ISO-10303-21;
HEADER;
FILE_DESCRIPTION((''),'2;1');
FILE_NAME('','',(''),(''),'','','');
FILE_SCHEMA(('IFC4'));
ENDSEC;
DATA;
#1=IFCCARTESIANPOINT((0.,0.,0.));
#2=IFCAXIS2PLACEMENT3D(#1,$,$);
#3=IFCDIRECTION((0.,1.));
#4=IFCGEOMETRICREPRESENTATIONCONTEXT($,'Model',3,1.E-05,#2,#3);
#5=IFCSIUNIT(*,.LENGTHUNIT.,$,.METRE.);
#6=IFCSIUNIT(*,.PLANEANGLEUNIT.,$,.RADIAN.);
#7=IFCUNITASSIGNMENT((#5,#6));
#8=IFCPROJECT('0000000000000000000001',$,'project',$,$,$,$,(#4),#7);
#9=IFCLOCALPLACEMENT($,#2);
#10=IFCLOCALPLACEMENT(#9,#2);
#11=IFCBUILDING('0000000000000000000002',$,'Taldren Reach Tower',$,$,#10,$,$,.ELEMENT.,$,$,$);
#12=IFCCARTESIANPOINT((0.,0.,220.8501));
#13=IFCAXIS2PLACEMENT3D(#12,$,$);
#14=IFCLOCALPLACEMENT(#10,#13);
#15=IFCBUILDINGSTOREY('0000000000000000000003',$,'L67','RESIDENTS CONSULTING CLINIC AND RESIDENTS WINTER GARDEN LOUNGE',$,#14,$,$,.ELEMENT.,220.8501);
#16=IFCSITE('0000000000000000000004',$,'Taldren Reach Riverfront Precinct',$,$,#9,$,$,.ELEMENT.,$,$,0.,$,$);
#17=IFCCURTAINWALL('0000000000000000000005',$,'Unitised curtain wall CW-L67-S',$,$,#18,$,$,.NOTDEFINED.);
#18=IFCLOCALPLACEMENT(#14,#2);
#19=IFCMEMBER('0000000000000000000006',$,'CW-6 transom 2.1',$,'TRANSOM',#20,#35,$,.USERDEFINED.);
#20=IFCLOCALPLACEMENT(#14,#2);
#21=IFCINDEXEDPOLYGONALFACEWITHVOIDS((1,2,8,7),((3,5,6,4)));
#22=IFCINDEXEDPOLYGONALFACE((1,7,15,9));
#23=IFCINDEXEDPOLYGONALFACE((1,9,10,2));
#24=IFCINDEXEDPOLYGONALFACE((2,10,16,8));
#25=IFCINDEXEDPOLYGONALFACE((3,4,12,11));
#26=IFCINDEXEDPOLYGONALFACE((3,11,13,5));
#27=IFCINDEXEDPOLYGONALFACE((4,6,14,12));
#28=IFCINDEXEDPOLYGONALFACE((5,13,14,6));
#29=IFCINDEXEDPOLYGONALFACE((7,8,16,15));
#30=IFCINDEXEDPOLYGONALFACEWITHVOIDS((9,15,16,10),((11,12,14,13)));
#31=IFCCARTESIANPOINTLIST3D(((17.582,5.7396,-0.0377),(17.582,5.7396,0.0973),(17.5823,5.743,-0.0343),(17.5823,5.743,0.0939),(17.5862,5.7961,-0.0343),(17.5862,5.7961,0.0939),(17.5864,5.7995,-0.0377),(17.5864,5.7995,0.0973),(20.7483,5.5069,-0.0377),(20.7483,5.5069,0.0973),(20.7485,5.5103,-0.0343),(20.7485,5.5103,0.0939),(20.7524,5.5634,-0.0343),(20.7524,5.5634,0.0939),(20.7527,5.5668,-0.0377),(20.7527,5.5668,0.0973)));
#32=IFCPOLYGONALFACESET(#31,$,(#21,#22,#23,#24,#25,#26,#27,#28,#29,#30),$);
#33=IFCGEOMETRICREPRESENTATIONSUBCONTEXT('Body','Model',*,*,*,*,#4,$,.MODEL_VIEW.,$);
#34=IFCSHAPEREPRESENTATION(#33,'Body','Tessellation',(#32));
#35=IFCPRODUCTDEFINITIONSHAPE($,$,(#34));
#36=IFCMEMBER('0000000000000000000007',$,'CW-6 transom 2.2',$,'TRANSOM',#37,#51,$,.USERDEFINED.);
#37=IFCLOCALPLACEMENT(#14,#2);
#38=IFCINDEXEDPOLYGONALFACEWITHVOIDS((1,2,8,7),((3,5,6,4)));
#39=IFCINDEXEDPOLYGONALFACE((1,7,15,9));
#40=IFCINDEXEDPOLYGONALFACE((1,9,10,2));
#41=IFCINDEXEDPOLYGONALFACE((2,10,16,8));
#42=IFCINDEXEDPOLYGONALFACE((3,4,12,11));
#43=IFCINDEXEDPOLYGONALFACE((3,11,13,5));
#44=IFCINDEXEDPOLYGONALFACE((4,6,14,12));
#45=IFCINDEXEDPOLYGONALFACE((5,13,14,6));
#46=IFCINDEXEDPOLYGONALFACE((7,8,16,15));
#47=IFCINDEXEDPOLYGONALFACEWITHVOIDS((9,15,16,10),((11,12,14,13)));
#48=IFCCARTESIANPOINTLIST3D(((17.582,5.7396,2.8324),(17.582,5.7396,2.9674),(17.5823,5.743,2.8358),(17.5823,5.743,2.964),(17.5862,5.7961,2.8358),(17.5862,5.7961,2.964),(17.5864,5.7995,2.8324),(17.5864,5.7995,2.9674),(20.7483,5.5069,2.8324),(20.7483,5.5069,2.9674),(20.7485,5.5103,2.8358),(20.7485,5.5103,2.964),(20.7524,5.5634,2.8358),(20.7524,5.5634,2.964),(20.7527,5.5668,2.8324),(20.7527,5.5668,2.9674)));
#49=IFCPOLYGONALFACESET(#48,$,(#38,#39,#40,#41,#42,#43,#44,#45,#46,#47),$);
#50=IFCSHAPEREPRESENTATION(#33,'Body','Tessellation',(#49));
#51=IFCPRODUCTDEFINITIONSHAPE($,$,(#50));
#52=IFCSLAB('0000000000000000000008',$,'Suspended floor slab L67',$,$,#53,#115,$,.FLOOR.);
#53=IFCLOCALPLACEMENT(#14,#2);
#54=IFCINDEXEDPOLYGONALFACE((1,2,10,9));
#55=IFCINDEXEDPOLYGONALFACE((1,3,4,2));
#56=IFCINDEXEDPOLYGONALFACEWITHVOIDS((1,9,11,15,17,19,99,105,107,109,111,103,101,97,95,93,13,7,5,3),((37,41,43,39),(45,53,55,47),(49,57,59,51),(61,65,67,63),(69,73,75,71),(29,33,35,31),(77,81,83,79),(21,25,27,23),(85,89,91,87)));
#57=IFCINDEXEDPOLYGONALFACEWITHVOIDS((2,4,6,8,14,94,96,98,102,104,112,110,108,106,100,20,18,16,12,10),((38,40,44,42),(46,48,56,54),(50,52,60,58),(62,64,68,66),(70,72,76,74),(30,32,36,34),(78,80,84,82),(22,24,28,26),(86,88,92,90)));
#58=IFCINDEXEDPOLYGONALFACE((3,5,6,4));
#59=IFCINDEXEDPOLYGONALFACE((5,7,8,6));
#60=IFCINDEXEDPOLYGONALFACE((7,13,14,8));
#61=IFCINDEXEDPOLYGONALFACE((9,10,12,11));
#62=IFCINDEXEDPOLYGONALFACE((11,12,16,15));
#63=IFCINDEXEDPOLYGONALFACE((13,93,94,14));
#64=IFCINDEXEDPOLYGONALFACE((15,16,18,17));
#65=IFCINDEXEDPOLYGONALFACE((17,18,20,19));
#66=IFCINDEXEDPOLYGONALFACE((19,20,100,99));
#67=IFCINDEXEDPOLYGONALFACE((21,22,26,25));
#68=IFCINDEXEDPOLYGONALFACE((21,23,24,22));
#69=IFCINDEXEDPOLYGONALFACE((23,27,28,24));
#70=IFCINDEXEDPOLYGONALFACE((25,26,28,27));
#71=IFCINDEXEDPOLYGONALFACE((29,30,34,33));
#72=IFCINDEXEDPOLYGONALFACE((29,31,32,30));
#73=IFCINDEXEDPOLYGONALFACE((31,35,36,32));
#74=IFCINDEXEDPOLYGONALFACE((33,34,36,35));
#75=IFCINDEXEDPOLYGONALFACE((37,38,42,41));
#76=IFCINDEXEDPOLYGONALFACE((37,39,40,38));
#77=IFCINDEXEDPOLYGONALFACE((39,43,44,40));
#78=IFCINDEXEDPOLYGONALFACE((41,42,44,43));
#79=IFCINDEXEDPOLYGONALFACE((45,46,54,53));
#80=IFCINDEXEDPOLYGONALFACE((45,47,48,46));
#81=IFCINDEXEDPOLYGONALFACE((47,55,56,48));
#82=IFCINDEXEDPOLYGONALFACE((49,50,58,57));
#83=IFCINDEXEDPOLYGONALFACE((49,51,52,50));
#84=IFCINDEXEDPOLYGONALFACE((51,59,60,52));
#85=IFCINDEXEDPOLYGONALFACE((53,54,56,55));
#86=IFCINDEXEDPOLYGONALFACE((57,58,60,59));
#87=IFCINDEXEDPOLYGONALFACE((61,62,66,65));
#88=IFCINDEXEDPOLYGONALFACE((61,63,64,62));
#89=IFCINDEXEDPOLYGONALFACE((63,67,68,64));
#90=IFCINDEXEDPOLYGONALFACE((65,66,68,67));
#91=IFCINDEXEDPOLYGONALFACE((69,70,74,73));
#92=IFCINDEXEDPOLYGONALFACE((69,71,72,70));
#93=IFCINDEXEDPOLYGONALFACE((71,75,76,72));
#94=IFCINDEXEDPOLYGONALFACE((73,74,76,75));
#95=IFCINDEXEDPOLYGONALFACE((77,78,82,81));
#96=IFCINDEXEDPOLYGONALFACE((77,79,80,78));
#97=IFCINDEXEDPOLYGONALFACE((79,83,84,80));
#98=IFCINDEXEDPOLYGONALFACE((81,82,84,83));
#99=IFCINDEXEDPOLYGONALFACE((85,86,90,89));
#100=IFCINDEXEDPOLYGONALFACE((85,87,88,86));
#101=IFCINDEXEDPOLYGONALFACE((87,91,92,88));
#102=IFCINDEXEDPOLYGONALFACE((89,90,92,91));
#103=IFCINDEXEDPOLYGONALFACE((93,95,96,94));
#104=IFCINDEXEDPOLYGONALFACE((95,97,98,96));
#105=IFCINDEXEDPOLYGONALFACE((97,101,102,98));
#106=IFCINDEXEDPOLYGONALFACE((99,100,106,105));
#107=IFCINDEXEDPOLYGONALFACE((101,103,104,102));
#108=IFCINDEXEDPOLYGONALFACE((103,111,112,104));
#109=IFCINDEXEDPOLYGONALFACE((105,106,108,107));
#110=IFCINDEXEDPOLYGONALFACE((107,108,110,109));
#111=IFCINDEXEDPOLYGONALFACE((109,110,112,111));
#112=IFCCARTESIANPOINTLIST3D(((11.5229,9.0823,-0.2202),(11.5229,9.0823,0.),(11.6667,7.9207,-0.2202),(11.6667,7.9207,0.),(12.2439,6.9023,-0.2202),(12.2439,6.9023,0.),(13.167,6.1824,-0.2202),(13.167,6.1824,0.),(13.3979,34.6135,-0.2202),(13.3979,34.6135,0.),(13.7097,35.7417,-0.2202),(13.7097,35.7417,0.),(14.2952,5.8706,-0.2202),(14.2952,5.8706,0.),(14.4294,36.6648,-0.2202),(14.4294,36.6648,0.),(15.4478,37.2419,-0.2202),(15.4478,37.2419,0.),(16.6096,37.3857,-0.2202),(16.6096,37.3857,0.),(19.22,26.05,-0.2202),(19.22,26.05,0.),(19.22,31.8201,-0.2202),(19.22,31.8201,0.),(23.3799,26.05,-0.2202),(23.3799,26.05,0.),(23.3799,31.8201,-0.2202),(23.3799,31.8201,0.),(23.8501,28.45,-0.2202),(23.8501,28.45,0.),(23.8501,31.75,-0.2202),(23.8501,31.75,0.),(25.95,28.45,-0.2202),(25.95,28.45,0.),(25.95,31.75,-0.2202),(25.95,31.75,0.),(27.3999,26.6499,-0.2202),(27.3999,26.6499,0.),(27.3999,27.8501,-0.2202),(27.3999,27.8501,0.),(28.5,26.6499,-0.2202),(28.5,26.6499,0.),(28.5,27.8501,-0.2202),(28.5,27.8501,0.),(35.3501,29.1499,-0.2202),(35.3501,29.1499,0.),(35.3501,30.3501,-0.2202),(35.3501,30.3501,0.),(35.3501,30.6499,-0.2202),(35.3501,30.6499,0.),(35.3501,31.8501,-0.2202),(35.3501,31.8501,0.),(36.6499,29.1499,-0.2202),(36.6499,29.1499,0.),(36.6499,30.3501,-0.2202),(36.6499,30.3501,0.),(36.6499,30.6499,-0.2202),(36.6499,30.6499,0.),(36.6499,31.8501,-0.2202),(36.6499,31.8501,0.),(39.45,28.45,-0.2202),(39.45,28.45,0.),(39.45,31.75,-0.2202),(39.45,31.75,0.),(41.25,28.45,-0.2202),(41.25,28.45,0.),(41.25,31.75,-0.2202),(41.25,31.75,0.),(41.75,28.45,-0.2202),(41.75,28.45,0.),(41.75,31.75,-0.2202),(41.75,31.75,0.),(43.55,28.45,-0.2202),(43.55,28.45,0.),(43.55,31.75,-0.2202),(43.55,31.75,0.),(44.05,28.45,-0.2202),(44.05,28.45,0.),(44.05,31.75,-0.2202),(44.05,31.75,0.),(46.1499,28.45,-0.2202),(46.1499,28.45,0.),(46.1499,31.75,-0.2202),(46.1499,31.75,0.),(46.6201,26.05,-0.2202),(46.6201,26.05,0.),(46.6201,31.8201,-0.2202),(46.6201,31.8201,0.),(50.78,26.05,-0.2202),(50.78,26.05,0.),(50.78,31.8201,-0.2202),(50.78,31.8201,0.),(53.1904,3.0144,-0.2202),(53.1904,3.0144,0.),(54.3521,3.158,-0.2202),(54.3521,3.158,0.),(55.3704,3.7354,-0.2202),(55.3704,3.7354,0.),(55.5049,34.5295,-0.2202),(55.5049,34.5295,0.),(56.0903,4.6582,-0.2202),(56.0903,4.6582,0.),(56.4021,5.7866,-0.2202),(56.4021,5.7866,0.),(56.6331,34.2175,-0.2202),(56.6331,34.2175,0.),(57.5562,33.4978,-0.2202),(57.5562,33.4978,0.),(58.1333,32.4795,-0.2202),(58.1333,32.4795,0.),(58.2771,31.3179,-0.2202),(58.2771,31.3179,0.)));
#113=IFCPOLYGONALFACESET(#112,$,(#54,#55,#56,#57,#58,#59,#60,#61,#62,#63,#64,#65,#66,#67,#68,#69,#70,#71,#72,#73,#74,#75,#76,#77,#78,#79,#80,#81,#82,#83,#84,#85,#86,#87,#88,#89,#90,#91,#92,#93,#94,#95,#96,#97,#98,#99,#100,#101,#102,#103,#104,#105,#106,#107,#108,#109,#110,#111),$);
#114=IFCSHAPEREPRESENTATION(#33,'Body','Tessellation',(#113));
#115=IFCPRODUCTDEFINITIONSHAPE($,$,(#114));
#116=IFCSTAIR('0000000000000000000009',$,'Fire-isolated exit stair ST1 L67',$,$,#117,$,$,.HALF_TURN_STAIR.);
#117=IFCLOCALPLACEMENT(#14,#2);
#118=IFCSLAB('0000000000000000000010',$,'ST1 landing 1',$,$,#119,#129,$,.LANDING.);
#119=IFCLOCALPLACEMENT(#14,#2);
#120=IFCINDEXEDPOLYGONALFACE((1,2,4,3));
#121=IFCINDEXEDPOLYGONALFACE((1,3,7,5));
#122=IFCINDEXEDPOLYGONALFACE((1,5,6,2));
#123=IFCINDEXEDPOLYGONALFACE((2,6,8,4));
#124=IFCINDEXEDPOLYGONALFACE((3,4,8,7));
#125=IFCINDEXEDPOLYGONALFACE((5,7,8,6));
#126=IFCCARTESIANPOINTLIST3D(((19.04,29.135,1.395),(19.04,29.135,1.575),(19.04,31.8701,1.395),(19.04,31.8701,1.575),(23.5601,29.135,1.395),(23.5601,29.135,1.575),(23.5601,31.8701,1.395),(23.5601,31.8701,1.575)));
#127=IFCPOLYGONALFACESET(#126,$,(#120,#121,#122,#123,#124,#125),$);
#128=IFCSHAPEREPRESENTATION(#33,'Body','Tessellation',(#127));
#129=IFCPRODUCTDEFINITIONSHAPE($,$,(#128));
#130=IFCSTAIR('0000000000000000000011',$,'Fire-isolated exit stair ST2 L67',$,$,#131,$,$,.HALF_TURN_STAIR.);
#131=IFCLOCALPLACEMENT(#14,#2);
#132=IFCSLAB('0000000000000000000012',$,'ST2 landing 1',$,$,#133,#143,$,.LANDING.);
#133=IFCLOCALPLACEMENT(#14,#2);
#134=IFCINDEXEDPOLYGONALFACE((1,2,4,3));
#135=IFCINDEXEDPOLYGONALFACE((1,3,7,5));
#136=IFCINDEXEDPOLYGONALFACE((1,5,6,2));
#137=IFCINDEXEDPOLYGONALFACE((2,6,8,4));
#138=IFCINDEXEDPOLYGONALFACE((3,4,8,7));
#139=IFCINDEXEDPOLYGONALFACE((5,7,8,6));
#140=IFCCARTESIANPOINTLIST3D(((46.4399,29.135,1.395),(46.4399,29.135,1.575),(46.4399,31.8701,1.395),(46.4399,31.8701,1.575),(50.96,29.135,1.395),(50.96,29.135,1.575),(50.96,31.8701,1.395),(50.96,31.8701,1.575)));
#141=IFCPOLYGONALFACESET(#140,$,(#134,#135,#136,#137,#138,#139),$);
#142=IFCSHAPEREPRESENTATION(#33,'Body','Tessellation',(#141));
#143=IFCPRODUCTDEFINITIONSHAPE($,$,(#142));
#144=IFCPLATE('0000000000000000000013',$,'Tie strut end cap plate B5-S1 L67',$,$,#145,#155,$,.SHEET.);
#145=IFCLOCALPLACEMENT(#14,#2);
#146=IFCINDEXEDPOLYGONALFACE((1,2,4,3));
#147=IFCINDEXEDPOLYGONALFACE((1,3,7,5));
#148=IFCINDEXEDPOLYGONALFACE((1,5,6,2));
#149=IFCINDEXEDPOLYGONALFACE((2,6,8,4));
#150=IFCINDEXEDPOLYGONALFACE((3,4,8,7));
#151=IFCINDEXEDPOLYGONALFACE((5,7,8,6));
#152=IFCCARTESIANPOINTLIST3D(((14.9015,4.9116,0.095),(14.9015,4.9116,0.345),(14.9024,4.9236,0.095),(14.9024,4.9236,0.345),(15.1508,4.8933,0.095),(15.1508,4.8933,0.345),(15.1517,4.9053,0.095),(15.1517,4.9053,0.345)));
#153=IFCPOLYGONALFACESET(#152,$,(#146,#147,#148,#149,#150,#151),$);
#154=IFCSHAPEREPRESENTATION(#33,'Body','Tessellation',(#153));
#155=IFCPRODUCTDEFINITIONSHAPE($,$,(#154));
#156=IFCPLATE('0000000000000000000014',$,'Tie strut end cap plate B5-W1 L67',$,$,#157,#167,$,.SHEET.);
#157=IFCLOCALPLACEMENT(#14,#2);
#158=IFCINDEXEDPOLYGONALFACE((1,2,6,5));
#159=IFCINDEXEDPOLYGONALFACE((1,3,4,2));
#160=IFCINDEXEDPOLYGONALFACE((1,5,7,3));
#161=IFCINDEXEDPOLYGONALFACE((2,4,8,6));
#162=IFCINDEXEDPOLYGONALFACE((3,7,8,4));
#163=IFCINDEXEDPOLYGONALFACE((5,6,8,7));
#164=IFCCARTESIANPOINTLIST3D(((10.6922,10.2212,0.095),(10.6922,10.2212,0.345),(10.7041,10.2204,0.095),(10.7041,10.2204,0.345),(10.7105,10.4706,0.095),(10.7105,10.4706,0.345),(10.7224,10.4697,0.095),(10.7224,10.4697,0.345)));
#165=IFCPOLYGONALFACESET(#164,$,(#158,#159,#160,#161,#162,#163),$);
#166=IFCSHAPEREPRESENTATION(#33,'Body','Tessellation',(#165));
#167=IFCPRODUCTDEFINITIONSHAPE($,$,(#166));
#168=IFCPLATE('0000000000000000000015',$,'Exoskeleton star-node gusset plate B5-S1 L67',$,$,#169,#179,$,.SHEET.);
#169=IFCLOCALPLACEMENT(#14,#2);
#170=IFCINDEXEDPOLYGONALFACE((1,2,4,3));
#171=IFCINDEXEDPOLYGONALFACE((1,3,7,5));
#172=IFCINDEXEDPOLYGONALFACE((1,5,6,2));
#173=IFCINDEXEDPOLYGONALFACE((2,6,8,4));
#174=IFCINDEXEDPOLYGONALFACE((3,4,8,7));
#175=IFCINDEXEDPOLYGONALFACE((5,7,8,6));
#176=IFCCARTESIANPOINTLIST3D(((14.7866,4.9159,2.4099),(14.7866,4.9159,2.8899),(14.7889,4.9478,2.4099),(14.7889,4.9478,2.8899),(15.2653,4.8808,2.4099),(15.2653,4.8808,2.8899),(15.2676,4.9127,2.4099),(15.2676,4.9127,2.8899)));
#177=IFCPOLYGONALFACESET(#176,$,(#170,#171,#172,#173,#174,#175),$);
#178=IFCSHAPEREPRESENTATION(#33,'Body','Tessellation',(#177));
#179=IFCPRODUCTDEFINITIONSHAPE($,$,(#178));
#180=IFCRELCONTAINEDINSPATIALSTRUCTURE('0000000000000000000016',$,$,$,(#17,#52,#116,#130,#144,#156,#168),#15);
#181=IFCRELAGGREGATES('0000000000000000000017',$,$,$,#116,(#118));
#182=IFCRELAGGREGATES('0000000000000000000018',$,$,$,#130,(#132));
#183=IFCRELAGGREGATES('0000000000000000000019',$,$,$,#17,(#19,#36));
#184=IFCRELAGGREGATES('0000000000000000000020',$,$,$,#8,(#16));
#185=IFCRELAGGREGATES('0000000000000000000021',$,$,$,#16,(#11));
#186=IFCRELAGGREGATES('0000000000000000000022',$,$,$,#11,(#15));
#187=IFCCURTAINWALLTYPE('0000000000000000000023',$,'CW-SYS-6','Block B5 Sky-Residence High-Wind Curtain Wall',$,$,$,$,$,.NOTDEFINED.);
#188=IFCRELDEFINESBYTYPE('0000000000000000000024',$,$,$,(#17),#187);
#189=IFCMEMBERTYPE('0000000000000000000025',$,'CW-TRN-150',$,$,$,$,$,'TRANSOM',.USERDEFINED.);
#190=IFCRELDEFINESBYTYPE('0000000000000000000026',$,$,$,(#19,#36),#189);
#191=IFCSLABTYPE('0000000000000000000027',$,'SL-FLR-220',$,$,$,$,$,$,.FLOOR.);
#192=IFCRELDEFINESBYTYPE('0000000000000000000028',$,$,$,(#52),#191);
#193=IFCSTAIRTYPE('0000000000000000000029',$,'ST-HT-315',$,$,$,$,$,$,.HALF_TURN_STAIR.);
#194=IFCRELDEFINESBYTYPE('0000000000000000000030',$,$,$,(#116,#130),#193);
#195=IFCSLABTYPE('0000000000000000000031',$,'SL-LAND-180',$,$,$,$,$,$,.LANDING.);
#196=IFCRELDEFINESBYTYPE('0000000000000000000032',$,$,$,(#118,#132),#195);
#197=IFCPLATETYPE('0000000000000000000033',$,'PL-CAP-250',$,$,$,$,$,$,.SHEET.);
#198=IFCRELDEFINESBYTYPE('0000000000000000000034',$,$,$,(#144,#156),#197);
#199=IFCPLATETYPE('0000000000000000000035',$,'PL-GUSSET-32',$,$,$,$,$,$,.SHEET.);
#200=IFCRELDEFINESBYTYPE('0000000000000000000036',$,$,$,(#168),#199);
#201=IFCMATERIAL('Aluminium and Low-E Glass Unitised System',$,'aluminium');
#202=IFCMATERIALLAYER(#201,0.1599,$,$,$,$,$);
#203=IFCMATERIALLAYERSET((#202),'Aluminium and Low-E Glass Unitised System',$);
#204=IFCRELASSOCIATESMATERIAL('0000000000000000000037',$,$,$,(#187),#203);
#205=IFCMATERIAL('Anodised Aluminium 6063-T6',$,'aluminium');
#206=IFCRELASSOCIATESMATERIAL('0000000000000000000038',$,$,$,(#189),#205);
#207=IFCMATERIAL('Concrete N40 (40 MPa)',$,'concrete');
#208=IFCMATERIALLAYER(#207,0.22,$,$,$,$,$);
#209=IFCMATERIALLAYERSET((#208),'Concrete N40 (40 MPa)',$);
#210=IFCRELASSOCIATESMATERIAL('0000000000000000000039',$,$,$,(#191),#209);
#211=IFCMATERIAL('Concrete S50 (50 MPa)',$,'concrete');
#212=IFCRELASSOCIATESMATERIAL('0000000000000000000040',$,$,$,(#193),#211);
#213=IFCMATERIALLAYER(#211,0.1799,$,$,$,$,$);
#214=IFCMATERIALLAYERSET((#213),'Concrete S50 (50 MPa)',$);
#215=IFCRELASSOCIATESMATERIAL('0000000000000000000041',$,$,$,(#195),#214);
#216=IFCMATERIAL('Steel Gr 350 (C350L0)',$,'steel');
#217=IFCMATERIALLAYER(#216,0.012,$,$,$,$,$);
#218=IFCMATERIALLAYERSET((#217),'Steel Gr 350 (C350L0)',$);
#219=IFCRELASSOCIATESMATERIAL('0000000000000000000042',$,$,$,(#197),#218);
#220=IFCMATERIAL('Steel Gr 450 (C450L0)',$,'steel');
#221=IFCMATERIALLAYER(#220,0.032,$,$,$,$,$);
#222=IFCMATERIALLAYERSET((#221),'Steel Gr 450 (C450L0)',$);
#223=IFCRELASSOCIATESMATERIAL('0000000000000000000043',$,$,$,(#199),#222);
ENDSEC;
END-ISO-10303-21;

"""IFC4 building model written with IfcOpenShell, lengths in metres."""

from ifc_helpers import new_model, si_unit, direction, frame, origin, origin_2d, place, context, subcontext, project, spatial, polyline, rectangle, hollow_rectangle, outline, extrude, source, transform, mapped, material, layer, layer_set, material_profile, profile_set, type_object, element, aggregate, save


model = new_model("IFC4")

# Units and contexts
model_context = context("Model", 3, precision=1e-05, world=origin(), true_north=direction((0.0, 1.0)))
body_context = subcontext(model_context, "Body", "Model", "MODEL_VIEW")
ifc_project = project(units=[si_unit("LENGTHUNIT", "METRE"), si_unit("PLANEANGLEUNIT", "RADIAN")], contexts=[model_context])

# Site, building, storey
site_placement = place(None, origin())
site = spatial("IfcSite", under=ifc_project, at=site_placement, Name="Taldren Reach Riverfront Precinct", CompositionType="ELEMENT", RefElevation=0.0)
building_placement = place(site_placement, origin())
building = spatial("IfcBuilding", under=site, at=building_placement, Name="Taldren Reach Tower", CompositionType="ELEMENT")
storey_placement = place(building_placement, frame((0.0, 0.0, 220.8501)))
storey = spatial("IfcBuildingStorey", under=building, at=storey_placement, Name="L67", Description="RESIDENTS CONSULTING CLINIC AND RESIDENTS WINTER GARDEN LOUNGE", CompositionType="ELEMENT", Elevation=220.8501)

# Shared definitions
ifc_material_1 = material(Name="Steel Gr 350 (C350L0)", Category="steel")

# Shared definitions
ifc_material_2 = material(Name="Steel Gr 450 (C450L0)", Category="steel")

# Curtain wall
ifc_material_3 = material(Name="Aluminium and Low-E Glass Unitised System", Category="aluminium")
ifc_layer_1 = layer(ifc_material_3, 0.1599)
ifc_layer_set_1 = layer_set([ifc_layer_1], Name="Aluminium and Low-E Glass Unitised System")
curtain_wall_type = type_object("IfcCurtainWallType", Name="CW-SYS-6", Description="Block B5 Sky-Residence High-Wind Curtain Wall", PredefinedType="NOTDEFINED", material=ifc_layer_set_1)
curtain_wall_1_placement = place(storey_placement, origin())
curtain_wall_1 = element("IfcCurtainWall", 1, at=curtain_wall_1_placement, inside=storey, type_object=curtain_wall_type, Name="Unitised curtain wall CW-L67-S", PredefinedType="NOTDEFINED")
ifc_material_4 = material(Name="Anodised Aluminium 6063-T6", Category="aluminium")

# Members
ifc_material_profile_1 = material_profile(ifc_material_4, hollow_rectangle(XDim=0.0601, YDim=0.135, WallThickness=0.0034, at=origin_2d()), Name="ALU-135x60x3.5RHS")
ifc_profile_set_1 = profile_set([ifc_material_profile_1], Name="Anodised Aluminium 6063-T6")
member_type_1 = type_object("IfcMemberType", Name="CW-TRN-150", ElementType="TRANSOM", PredefinedType="USERDEFINED", material=ifc_profile_set_1)
shared_shape_1 = source(origin(), body_context, "Body", "SweptSolid", [
    extrude(hollow_rectangle(XDim=0.0601, YDim=0.135, WallThickness=0.0034, at=origin_2d()), origin(), (0.0, 0.0, 1.0), 3.1748),
])
member_1_placement = place(storey_placement, frame((17.5842, 5.7695, 0.0298), z_axis=(0.997311, -0.073285, 0.0), x_axis=(0.073285, 0.997311, 0.0)))
member_1 = element("IfcMember", 2, at=member_1_placement, type_object=member_type_1, Name="CW-6 transom 2.1", ObjectType="TRANSOM", PredefinedType="USERDEFINED", context=body_context, shape_type="MappedRepresentation", body=[
    mapped(shared_shape_1, transform((0.0, 0.0, 0.0), scale=1.0)),
])
member_2_placement = place(storey_placement, frame((17.5842, 5.7695, 2.8999), z_axis=(0.997311, -0.073285, 0.0), x_axis=(0.073285, 0.997311, 0.0)))
member_2 = element("IfcMember", 3, at=member_2_placement, type_object=member_type_1, Name="CW-6 transom 2.2", ObjectType="TRANSOM", PredefinedType="USERDEFINED", context=body_context, shape_type="MappedRepresentation", body=[
    mapped(shared_shape_1, transform((0.0, 0.0, 0.0), scale=1.0)),
])

# Slab
ifc_material_5 = material(Name="Concrete N40 (40 MPa)", Category="concrete")
ifc_layer_2 = layer(ifc_material_5, 0.22)
ifc_layer_set_2 = layer_set([ifc_layer_2], Name="Concrete N40 (40 MPa)")
slab_type_1 = type_object("IfcSlabType", Name="SL-FLR-220", PredefinedType="FLOOR", material=ifc_layer_set_2)
slab_1_placement = place(storey_placement, frame((0.0, 0.0, -0.2202)))
element("IfcSlab", 4, at=slab_1_placement, inside=storey, type_object=slab_type_1, Name="Suspended floor slab L67", PredefinedType="FLOOR", context=body_context, shape_type="SweptSolid", body=[
    extrude(outline(polyline([(53.1904, 3.0144), (54.3521, 3.158), (55.3704, 3.7354), (56.0903, 4.6582), (56.4021, 5.7866), (58.2771, 31.3179), (58.1333, 32.4795), (57.5562, 33.4978), (56.6331, 34.2175), (55.5049, 34.5295), (16.6096, 37.3857), (15.4478, 37.2419), (14.4294, 36.6648), (13.7097, 35.7417), (13.3979, 34.6135), (11.5229, 9.0823), (11.6667, 7.9207), (12.2439, 6.9023), (13.167, 6.1824), (14.2952, 5.8706), (53.1904, 3.0144)]), holes=[polyline([(19.22, 26.05), (23.3799, 26.05), (23.3799, 31.8201), (19.22, 31.8201), (19.22, 26.05)]), polyline([(46.6201, 26.05), (50.78, 26.05), (50.78, 31.8201), (46.6201, 31.8201), (46.6201, 26.05)]), polyline([(23.8501, 28.45), (25.95, 28.45), (25.95, 31.75), (23.8501, 31.75), (23.8501, 28.45)]), polyline([(44.05, 28.45), (46.1499, 28.45), (46.1499, 31.75), (44.05, 31.75), (44.05, 28.45)]), polyline([(39.45, 28.45), (41.25, 28.45), (41.25, 31.75), (39.45, 31.75), (39.45, 28.45)]), polyline([(41.75, 28.45), (43.55, 28.45), (43.55, 31.75), (41.75, 31.75), (41.75, 28.45)]), polyline([(35.3501, 30.6499), (36.6499, 30.6499), (36.6499, 31.8501), (35.3501, 31.8501), (35.3501, 30.6499)]), polyline([(35.3501, 29.1499), (36.6499, 29.1499), (36.6499, 30.3501), (35.3501, 30.3501), (35.3501, 29.1499)]), polyline([(27.3999, 26.6499), (28.5, 26.6499), (28.5, 27.8501), (27.3999, 27.8501), (27.3999, 26.6499)])]), origin(), (0.0, 0.0, 1.0), 0.2202),
])

# Stairs, slabs
ifc_material_6 = material(Name="Concrete S50 (50 MPa)", Category="concrete")
stair_type = type_object("IfcStairType", Name="ST-HT-315", PredefinedType="HALF_TURN_STAIR", material=ifc_material_6)
stair_1_placement = place(storey_placement, origin())
stair_1 = element("IfcStair", 5, at=stair_1_placement, inside=storey, type_object=stair_type, Name="Fire-isolated exit stair ST1 L67", PredefinedType="HALF_TURN_STAIR")
ifc_layer_3 = layer(ifc_material_6, 0.1799)
ifc_layer_set_3 = layer_set([ifc_layer_3], Name="Concrete S50 (50 MPa)")
slab_type_2 = type_object("IfcSlabType", Name="SL-LAND-180", PredefinedType="LANDING", material=ifc_layer_set_3)
slab_2_placement = place(storey_placement, frame((0.0, 0.0, 1.395)))
slab_2 = element("IfcSlab", 6, at=slab_2_placement, type_object=slab_type_2, Name="ST1 landing 1", PredefinedType="LANDING", context=body_context, shape_type="SweptSolid", body=[
    extrude(outline(polyline([(19.04, 29.135), (23.5601, 29.135), (23.5601, 31.8701), (19.04, 31.8701), (19.04, 29.135)])), origin(), (0.0, 0.0, 1.0), 0.1799),
])
aggregate(stair_1, [slab_2])
stair_2_placement = place(storey_placement, origin())
stair_2 = element("IfcStair", 7, at=stair_2_placement, inside=storey, type_object=stair_type, Name="Fire-isolated exit stair ST2 L67", PredefinedType="HALF_TURN_STAIR")
slab_3_placement = place(storey_placement, frame((0.0, 0.0, 1.395)))
slab_3 = element("IfcSlab", 8, at=slab_3_placement, type_object=slab_type_2, Name="ST2 landing 1", PredefinedType="LANDING", context=body_context, shape_type="SweptSolid", body=[
    extrude(outline(polyline([(46.4399, 29.135), (50.96, 29.135), (50.96, 31.8701), (46.4399, 31.8701), (46.4399, 29.135)])), origin(), (0.0, 0.0, 1.0), 0.1799),
])
aggregate(stair_2, [slab_3])

# Plates
ifc_layer_4 = layer(ifc_material_1, 0.012)
ifc_layer_set_4 = layer_set([ifc_layer_4], Name="Steel Gr 350 (C350L0)")
plate_type_1 = type_object("IfcPlateType", Name="PL-CAP-250", PredefinedType="SHEET", material=ifc_layer_set_4)
shared_shape_2 = source(origin(), body_context, "Body", "SweptSolid", [
    extrude(rectangle(XDim=0.25, YDim=0.012, at=origin_2d()), origin(), (0.0, 0.0, 1.0), 0.25),
])
plate_1_placement = place(storey_placement, frame((15.0266, 4.9084, 0.095), z_axis=(0.0, 0.0, 1.0), x_axis=(0.997314, -0.073238, 0.0)))
element("IfcPlate", 9, at=plate_1_placement, inside=storey, type_object=plate_type_1, Name="Tie strut end cap plate B5-S1 L67", PredefinedType="SHEET", context=body_context, shape_type="MappedRepresentation", body=[
    mapped(shared_shape_2, transform((0.0, 0.0, 0.0), scale=1.0)),
])
shared_shape_3 = source(origin(), body_context, "Body", "SweptSolid", [
    extrude(rectangle(XDim=0.012, YDim=0.25, at=origin_2d()), origin(), (0.0, 0.0, 1.0), 0.25),
])
plate_2_placement = place(storey_placement, frame((10.7073, 10.3455, 0.095), z_axis=(0.0, 0.0, 1.0), x_axis=(0.997314, -0.073238, 0.0)))
element("IfcPlate", 10, at=plate_2_placement, inside=storey, type_object=plate_type_1, Name="Tie strut end cap plate B5-W1 L67", PredefinedType="SHEET", context=body_context, shape_type="MappedRepresentation", body=[
    mapped(shared_shape_3, transform((0.0, 0.0, 0.0), scale=1.0)),
])
ifc_layer_5 = layer(ifc_material_2, 0.032)
ifc_layer_set_5 = layer_set([ifc_layer_5], Name="Steel Gr 450 (C450L0)")
plate_type_2 = type_object("IfcPlateType", Name="PL-GUSSET-32", PredefinedType="SHEET", material=ifc_layer_set_5)
shared_shape_4 = source(origin(), body_context, "Body", "SweptSolid", [
    extrude(rectangle(XDim=0.48, YDim=0.032, at=origin_2d()), origin(), (0.0, 0.0, 1.0), 0.48),
])
for number, where, z_axis, x_axis, name in (
    (11, (15.0271, 4.9143, 2.4099), (0.0, 0.0, 1.0), (0.997314, -0.073238, 0.0), "Exoskeleton star-node gusset plate B5-S1 L67"),
):
    element("IfcPlate", number, at=place(storey_placement, frame(where, z_axis=z_axis, x_axis=x_axis)), inside=storey, type_object=plate_type_2, Name=name, PredefinedType="SHEET", context=body_context, shape_type="MappedRepresentation", body=[
        mapped(shared_shape_4, transform((0.0, 0.0, 0.0), scale=1.0)),
    ])

aggregate(curtain_wall_1, [member_1, member_2])

save(model, "model.ifc")
